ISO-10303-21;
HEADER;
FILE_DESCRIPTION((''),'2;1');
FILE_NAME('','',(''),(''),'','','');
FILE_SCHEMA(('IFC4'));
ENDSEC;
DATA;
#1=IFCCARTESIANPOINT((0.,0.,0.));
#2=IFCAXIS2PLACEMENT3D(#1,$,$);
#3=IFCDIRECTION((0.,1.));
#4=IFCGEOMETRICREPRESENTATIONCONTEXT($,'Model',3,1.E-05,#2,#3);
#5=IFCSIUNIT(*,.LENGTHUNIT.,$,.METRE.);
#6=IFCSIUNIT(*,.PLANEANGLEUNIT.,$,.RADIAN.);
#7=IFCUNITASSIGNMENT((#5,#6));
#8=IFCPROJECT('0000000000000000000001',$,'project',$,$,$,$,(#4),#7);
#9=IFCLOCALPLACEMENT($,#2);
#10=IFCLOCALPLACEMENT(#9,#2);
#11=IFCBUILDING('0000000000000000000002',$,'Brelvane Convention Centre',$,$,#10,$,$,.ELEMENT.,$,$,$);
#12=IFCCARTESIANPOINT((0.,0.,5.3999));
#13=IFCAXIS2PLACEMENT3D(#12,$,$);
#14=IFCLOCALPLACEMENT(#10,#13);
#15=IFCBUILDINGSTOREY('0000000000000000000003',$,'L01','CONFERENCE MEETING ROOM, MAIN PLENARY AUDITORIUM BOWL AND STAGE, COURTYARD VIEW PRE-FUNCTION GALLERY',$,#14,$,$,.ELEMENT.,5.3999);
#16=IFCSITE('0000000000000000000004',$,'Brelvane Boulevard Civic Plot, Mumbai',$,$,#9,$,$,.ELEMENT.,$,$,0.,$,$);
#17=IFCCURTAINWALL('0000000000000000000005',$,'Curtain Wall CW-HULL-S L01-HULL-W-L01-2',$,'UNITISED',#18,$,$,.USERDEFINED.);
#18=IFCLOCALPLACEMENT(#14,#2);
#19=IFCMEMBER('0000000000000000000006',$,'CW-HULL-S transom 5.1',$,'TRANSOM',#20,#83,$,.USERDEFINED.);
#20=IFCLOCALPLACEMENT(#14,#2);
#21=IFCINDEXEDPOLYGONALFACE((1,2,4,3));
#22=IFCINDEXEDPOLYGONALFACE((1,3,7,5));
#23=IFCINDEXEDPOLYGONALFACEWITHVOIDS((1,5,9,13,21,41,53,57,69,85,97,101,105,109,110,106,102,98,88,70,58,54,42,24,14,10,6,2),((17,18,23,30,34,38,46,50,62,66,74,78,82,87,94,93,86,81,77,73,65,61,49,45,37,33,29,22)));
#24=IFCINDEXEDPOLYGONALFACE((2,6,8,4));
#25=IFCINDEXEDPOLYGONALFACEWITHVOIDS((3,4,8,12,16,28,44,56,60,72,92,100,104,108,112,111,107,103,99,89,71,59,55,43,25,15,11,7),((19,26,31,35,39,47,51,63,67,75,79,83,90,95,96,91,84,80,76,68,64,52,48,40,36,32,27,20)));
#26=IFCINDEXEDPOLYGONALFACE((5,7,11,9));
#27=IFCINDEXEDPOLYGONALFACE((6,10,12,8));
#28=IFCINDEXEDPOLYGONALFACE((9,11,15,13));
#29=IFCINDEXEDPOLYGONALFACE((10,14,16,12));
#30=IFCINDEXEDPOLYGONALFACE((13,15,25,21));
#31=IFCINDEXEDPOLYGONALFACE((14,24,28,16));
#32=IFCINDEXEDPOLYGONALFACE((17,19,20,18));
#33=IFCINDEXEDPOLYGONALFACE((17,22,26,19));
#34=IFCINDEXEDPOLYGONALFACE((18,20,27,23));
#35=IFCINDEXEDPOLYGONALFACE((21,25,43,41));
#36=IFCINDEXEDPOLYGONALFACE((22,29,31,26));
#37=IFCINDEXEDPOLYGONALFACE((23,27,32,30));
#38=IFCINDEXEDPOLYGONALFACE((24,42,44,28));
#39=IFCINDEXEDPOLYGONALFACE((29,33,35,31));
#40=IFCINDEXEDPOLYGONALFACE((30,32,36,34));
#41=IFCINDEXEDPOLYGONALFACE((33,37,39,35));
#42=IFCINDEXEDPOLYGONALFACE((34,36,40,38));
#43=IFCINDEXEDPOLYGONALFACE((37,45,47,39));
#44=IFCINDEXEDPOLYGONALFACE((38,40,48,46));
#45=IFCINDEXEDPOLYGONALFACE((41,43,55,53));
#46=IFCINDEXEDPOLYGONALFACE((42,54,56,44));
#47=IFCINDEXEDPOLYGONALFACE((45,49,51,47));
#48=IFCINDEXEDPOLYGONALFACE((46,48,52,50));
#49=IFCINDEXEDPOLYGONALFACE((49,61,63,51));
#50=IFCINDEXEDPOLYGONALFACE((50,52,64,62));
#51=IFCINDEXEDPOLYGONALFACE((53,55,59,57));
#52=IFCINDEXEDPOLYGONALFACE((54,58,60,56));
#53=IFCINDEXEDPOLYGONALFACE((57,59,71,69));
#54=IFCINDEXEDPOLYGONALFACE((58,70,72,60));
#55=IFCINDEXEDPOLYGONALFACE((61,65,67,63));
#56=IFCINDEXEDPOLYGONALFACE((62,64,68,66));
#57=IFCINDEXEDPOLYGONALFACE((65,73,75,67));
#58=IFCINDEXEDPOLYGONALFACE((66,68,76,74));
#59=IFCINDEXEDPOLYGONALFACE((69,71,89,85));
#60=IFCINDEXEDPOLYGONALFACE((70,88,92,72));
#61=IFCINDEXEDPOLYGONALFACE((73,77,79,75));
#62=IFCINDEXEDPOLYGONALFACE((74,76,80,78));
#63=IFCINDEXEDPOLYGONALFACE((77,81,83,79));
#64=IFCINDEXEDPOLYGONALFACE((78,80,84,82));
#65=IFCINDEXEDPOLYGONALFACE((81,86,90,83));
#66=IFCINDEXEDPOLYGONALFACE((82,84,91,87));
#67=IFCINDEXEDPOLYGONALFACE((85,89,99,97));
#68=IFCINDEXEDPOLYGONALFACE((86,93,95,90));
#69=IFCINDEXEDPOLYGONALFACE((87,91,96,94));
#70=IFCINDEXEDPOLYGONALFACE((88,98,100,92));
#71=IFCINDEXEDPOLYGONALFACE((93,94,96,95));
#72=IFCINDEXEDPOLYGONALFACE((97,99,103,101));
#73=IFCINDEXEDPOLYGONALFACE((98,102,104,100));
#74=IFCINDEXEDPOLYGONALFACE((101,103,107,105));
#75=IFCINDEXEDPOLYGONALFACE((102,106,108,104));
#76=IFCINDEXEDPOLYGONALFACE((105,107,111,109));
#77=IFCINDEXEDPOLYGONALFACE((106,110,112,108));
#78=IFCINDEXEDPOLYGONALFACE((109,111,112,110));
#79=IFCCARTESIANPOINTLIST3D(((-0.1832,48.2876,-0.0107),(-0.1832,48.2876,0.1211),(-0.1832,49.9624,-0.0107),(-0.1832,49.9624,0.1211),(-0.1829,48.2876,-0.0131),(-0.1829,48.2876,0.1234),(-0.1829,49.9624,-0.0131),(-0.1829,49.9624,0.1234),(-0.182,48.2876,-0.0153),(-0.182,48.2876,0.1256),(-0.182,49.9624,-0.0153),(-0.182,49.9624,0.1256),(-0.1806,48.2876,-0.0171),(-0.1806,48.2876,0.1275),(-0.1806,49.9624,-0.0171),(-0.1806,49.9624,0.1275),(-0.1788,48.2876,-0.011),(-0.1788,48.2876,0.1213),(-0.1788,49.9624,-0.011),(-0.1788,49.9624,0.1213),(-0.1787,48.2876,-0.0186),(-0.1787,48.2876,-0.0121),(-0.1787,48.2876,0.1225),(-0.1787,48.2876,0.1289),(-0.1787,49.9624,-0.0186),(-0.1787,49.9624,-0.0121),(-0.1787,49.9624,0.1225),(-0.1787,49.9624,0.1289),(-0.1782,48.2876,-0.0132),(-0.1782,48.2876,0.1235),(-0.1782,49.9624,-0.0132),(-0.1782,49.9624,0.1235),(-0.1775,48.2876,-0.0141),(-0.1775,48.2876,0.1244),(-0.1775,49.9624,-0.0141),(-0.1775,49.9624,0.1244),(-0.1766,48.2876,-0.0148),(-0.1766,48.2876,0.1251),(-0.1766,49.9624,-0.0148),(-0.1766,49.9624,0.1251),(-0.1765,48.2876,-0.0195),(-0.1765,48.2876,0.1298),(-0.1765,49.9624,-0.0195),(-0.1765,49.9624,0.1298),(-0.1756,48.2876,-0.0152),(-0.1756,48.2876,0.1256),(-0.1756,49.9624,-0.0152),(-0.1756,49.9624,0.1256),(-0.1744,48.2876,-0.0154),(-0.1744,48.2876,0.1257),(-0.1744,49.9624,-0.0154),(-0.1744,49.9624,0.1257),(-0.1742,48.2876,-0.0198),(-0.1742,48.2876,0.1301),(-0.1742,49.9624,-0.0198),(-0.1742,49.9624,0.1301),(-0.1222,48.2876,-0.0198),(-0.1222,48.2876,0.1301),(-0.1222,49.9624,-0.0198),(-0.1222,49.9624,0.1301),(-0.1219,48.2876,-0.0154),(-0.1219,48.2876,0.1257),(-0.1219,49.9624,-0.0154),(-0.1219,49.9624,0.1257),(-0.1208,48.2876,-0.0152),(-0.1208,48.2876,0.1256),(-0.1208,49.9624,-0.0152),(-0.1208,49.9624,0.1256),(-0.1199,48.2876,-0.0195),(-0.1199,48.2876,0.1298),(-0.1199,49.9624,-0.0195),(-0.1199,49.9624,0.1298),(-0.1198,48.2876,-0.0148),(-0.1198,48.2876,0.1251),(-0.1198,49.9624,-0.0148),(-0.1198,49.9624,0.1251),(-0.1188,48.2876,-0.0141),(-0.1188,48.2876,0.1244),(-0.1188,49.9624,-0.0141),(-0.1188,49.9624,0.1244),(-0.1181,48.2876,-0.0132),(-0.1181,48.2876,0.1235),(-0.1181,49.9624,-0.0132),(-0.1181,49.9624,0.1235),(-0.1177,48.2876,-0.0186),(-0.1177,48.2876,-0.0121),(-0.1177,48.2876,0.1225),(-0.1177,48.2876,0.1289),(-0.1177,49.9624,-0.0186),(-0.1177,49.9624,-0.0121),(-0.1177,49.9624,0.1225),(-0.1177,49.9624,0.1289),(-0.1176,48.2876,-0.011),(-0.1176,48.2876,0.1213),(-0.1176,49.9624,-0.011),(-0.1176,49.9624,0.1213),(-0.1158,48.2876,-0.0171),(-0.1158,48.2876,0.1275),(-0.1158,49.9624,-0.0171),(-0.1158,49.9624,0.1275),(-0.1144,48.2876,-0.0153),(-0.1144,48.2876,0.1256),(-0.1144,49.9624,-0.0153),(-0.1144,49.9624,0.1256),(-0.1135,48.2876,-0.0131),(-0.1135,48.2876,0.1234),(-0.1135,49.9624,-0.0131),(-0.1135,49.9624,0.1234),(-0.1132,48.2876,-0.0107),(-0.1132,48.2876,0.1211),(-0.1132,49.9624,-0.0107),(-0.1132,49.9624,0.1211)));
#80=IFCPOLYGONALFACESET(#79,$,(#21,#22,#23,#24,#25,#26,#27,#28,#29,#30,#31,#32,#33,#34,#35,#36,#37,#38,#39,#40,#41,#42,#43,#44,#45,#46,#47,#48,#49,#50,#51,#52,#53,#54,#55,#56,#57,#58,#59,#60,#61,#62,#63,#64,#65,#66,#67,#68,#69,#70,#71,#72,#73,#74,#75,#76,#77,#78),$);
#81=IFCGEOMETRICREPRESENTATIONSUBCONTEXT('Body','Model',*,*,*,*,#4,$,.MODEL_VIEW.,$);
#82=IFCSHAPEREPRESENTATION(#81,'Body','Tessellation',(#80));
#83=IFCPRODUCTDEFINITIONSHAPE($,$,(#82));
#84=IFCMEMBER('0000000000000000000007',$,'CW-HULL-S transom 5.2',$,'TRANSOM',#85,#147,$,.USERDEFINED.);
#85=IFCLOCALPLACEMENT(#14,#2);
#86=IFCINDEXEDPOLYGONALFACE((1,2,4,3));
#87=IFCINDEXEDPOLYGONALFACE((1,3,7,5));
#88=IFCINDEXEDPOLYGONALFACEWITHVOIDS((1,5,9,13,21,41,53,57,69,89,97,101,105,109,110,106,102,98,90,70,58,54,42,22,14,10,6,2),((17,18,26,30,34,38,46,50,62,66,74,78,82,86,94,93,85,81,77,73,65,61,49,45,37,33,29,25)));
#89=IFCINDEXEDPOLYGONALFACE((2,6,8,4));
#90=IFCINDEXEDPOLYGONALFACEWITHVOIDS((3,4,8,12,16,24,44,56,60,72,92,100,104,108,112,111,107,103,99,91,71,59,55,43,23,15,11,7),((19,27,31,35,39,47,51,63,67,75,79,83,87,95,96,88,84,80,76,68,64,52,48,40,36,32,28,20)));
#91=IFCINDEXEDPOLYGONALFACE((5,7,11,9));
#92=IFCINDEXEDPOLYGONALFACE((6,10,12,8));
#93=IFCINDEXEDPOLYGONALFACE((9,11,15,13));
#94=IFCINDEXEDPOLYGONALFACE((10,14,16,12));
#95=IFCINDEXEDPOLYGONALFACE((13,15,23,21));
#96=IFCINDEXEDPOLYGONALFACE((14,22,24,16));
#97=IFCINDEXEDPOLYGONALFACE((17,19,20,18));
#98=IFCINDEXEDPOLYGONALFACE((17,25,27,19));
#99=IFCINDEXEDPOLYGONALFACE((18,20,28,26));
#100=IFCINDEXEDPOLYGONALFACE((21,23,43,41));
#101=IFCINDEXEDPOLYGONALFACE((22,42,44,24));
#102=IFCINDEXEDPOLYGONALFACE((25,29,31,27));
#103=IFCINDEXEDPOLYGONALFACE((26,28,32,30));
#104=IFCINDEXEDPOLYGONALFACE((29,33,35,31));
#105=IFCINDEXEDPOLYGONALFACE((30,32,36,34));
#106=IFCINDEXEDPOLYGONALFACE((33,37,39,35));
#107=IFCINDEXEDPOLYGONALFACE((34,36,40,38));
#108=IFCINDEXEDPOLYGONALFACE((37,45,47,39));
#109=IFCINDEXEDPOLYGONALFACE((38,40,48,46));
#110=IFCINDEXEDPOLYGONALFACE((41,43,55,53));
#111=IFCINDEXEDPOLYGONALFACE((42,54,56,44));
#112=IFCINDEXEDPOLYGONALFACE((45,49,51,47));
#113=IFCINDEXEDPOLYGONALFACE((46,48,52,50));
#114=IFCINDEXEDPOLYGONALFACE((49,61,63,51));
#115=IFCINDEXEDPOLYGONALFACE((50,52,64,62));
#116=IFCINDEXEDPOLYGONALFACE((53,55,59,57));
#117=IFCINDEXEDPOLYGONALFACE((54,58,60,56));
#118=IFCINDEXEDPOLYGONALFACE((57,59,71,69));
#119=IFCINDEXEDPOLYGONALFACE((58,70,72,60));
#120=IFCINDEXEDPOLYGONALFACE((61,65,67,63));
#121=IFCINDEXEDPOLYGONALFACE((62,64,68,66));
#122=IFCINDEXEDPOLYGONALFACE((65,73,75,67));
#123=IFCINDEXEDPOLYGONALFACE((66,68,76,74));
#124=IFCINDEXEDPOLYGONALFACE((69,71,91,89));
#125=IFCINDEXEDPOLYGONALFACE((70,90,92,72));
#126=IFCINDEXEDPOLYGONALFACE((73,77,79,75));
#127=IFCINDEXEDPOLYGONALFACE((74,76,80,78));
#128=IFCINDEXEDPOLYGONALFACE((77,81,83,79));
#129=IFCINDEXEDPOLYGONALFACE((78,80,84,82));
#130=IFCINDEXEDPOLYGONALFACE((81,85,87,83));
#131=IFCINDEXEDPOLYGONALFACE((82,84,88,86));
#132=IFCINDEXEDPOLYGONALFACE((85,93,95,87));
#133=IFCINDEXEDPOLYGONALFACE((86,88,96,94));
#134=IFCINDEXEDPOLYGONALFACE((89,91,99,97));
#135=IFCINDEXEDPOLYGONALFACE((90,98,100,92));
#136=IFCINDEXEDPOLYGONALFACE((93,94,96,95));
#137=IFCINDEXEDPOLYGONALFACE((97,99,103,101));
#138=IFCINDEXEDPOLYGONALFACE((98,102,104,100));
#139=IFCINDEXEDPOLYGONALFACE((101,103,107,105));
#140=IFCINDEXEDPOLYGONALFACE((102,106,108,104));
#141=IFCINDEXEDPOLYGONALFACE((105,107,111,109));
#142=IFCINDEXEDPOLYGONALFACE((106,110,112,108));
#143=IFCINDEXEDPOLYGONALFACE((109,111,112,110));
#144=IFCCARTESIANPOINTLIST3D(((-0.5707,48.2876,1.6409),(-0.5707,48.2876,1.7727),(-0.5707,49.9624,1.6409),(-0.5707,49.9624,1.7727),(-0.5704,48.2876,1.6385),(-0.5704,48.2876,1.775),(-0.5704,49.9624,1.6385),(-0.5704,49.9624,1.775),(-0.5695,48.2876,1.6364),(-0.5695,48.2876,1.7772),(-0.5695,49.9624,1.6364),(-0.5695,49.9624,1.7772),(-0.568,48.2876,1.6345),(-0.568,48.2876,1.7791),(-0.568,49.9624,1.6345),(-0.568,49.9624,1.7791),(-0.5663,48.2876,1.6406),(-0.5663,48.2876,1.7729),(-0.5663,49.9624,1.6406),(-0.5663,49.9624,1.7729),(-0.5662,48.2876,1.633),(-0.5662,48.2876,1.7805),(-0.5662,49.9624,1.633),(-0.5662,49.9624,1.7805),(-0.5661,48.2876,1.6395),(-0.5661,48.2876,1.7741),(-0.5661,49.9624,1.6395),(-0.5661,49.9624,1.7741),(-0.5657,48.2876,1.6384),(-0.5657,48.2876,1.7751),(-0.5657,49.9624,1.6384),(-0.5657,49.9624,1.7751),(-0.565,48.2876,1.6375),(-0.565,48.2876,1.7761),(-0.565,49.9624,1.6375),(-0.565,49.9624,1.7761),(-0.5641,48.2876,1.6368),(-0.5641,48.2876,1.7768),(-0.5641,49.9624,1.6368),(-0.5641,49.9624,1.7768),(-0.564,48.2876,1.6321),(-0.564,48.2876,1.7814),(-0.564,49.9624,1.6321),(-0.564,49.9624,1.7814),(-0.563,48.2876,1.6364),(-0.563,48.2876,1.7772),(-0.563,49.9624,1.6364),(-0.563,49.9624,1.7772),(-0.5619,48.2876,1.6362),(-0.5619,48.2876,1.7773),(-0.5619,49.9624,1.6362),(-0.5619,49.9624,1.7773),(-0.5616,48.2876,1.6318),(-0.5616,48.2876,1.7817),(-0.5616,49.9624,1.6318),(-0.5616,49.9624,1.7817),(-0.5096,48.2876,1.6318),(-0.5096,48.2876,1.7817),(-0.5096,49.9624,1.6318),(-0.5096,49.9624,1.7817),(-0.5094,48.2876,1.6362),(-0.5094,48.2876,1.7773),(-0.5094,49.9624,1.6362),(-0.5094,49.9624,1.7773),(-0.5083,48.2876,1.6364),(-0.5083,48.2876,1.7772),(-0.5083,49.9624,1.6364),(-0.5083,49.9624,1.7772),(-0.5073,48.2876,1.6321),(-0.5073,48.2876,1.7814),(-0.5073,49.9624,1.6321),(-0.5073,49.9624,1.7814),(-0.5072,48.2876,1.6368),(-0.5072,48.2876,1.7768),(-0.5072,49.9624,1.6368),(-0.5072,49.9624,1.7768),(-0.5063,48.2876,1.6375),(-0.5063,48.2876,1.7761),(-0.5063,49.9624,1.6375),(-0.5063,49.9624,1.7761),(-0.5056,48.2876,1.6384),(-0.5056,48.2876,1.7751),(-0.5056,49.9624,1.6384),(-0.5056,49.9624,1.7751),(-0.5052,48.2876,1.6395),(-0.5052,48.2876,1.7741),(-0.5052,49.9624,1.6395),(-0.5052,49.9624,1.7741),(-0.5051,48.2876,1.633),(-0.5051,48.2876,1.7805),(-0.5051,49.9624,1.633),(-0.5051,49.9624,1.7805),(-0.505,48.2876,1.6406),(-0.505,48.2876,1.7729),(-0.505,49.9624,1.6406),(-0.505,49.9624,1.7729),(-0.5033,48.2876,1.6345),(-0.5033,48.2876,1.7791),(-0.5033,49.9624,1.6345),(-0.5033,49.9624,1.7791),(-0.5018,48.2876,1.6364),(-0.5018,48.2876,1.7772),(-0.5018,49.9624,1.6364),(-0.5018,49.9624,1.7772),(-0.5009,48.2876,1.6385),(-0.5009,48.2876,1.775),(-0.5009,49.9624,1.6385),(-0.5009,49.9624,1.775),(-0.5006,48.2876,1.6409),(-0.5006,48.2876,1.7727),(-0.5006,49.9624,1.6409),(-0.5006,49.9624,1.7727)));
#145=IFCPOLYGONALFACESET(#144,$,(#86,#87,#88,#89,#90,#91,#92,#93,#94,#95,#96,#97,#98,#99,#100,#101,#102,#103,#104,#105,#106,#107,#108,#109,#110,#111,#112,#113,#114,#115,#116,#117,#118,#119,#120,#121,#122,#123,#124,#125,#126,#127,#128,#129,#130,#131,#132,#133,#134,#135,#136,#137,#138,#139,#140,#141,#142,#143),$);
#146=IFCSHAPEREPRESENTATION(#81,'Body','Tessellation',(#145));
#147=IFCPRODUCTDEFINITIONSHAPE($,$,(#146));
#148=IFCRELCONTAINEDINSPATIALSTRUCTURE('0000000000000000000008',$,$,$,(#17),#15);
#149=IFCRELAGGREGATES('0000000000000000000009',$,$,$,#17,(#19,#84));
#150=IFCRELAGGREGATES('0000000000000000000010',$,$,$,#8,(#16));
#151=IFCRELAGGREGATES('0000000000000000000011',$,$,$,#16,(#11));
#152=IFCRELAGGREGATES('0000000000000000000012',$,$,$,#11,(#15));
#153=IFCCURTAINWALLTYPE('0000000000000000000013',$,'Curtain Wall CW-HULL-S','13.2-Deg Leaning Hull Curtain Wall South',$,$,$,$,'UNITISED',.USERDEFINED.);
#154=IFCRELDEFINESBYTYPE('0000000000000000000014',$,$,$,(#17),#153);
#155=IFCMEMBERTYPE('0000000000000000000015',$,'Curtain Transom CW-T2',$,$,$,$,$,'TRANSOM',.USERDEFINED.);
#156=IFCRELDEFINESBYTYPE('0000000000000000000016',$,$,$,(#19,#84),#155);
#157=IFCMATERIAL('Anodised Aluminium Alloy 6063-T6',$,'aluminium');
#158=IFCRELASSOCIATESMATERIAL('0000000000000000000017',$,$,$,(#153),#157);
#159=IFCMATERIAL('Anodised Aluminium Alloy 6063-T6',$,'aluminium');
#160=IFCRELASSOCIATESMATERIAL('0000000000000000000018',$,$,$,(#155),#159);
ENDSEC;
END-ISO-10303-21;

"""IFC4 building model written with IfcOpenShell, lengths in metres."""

from ifc_helpers import new_model, si_unit, direction, frame, origin, origin_2d, place, context, subcontext, project, spatial, hollow_rectangle, extrude, material, material_profile, profile_set, type_object, element, aggregate, save


model = new_model("IFC4")

# Units and contexts
model_context = context("Model", 3, precision=1e-05, world=origin(), true_north=direction((0.0, 1.0)))
body_context = subcontext(model_context, "Body", "Model", "MODEL_VIEW")
ifc_project = project(units=[si_unit("LENGTHUNIT", "METRE"), si_unit("PLANEANGLEUNIT", "RADIAN")], contexts=[model_context])

# Site, building, storey
site_placement = place(None, origin())
site = spatial("IfcSite", under=ifc_project, at=site_placement, Name="Brelvane Boulevard Civic Plot, Mumbai", CompositionType="ELEMENT", RefElevation=0.0)
building_placement = place(site_placement, origin())
building = spatial("IfcBuilding", under=site, at=building_placement, Name="Brelvane Convention Centre", CompositionType="ELEMENT")
storey_placement = place(building_placement, frame((0.0, 0.0, 5.3999)))
storey = spatial("IfcBuildingStorey", under=building, at=storey_placement, Name="L01", Description="CONFERENCE MEETING ROOM, MAIN PLENARY AUDITORIUM BOWL AND STAGE, COURTYARD VIEW PRE-FUNCTION GALLERY", CompositionType="ELEMENT", Elevation=5.3999)

# Curtain wall, members
ifc_material_1 = material(Name="Anodised Aluminium Alloy 6063-T6", Category="aluminium")
curtain_wall_type = type_object("IfcCurtainWallType", Name="Curtain Wall CW-HULL-S", Description="13.2-Deg Leaning Hull Curtain Wall South", ElementType="UNITISED", PredefinedType="USERDEFINED", material=ifc_material_1)
curtain_wall_placement = place(storey_placement, origin())
curtain_wall = element("IfcCurtainWall", 1, at=curtain_wall_placement, inside=storey, type_object=curtain_wall_type, Name="Curtain Wall CW-HULL-S L01-HULL-W-L01-2", ObjectType="UNITISED", PredefinedType="USERDEFINED")
ifc_material_2 = material(Name="Anodised Aluminium Alloy 6063-T6", Category="aluminium")
ifc_material_profile_1 = material_profile(ifc_material_2, hollow_rectangle(XDim=0.0701, YDim=0.1499, WallThickness=0.0044, InnerFilletRadius=0.0044, OuterFilletRadius=0.009, at=origin_2d()), Name="ALU-T 150x70x4.5")
ifc_profile_set_1 = profile_set([ifc_material_profile_1], Name="Anodised Aluminium Alloy 6063-T6")
member_type_1 = type_object("IfcMemberType", Name="Curtain Transom CW-T2", ElementType="TRANSOM", PredefinedType="USERDEFINED", material=ifc_profile_set_1)
member_1_placement = place(storey_placement, frame((-0.1482, 48.2876, 0.0552), z_axis=(0.0, 1.0, 0.0), x_axis=(-1.0, 0.0, 0.0)))
member_1 = element("IfcMember", 2, at=member_1_placement, type_object=member_type_1, Name="CW-HULL-S transom 5.1", ObjectType="TRANSOM", PredefinedType="USERDEFINED", context=body_context, shape_type="SweptSolid", body=[
    extrude(hollow_rectangle(XDim=0.0701, YDim=0.1499, WallThickness=0.0044, InnerFilletRadius=0.0044, OuterFilletRadius=0.009, at=origin_2d()), origin(), (0.0, 0.0, 1.0), 1.6748),
])
member_2_placement = place(storey_placement, frame((-0.5356, 48.2876, 1.7068), z_axis=(0.0, 1.0, 0.0), x_axis=(-1.0, 0.0, 0.0)))
member_2 = element("IfcMember", 3, at=member_2_placement, type_object=member_type_1, Name="CW-HULL-S transom 5.2", ObjectType="TRANSOM", PredefinedType="USERDEFINED", context=body_context, shape_type="SweptSolid", body=[
    extrude(hollow_rectangle(XDim=0.0701, YDim=0.1499, WallThickness=0.0044, InnerFilletRadius=0.0044, OuterFilletRadius=0.009, at=origin_2d()), origin(), (0.0, 0.0, 1.0), 1.6748),
])
aggregate(curtain_wall, [member_1, member_2])

save(model, "model.ifc")
